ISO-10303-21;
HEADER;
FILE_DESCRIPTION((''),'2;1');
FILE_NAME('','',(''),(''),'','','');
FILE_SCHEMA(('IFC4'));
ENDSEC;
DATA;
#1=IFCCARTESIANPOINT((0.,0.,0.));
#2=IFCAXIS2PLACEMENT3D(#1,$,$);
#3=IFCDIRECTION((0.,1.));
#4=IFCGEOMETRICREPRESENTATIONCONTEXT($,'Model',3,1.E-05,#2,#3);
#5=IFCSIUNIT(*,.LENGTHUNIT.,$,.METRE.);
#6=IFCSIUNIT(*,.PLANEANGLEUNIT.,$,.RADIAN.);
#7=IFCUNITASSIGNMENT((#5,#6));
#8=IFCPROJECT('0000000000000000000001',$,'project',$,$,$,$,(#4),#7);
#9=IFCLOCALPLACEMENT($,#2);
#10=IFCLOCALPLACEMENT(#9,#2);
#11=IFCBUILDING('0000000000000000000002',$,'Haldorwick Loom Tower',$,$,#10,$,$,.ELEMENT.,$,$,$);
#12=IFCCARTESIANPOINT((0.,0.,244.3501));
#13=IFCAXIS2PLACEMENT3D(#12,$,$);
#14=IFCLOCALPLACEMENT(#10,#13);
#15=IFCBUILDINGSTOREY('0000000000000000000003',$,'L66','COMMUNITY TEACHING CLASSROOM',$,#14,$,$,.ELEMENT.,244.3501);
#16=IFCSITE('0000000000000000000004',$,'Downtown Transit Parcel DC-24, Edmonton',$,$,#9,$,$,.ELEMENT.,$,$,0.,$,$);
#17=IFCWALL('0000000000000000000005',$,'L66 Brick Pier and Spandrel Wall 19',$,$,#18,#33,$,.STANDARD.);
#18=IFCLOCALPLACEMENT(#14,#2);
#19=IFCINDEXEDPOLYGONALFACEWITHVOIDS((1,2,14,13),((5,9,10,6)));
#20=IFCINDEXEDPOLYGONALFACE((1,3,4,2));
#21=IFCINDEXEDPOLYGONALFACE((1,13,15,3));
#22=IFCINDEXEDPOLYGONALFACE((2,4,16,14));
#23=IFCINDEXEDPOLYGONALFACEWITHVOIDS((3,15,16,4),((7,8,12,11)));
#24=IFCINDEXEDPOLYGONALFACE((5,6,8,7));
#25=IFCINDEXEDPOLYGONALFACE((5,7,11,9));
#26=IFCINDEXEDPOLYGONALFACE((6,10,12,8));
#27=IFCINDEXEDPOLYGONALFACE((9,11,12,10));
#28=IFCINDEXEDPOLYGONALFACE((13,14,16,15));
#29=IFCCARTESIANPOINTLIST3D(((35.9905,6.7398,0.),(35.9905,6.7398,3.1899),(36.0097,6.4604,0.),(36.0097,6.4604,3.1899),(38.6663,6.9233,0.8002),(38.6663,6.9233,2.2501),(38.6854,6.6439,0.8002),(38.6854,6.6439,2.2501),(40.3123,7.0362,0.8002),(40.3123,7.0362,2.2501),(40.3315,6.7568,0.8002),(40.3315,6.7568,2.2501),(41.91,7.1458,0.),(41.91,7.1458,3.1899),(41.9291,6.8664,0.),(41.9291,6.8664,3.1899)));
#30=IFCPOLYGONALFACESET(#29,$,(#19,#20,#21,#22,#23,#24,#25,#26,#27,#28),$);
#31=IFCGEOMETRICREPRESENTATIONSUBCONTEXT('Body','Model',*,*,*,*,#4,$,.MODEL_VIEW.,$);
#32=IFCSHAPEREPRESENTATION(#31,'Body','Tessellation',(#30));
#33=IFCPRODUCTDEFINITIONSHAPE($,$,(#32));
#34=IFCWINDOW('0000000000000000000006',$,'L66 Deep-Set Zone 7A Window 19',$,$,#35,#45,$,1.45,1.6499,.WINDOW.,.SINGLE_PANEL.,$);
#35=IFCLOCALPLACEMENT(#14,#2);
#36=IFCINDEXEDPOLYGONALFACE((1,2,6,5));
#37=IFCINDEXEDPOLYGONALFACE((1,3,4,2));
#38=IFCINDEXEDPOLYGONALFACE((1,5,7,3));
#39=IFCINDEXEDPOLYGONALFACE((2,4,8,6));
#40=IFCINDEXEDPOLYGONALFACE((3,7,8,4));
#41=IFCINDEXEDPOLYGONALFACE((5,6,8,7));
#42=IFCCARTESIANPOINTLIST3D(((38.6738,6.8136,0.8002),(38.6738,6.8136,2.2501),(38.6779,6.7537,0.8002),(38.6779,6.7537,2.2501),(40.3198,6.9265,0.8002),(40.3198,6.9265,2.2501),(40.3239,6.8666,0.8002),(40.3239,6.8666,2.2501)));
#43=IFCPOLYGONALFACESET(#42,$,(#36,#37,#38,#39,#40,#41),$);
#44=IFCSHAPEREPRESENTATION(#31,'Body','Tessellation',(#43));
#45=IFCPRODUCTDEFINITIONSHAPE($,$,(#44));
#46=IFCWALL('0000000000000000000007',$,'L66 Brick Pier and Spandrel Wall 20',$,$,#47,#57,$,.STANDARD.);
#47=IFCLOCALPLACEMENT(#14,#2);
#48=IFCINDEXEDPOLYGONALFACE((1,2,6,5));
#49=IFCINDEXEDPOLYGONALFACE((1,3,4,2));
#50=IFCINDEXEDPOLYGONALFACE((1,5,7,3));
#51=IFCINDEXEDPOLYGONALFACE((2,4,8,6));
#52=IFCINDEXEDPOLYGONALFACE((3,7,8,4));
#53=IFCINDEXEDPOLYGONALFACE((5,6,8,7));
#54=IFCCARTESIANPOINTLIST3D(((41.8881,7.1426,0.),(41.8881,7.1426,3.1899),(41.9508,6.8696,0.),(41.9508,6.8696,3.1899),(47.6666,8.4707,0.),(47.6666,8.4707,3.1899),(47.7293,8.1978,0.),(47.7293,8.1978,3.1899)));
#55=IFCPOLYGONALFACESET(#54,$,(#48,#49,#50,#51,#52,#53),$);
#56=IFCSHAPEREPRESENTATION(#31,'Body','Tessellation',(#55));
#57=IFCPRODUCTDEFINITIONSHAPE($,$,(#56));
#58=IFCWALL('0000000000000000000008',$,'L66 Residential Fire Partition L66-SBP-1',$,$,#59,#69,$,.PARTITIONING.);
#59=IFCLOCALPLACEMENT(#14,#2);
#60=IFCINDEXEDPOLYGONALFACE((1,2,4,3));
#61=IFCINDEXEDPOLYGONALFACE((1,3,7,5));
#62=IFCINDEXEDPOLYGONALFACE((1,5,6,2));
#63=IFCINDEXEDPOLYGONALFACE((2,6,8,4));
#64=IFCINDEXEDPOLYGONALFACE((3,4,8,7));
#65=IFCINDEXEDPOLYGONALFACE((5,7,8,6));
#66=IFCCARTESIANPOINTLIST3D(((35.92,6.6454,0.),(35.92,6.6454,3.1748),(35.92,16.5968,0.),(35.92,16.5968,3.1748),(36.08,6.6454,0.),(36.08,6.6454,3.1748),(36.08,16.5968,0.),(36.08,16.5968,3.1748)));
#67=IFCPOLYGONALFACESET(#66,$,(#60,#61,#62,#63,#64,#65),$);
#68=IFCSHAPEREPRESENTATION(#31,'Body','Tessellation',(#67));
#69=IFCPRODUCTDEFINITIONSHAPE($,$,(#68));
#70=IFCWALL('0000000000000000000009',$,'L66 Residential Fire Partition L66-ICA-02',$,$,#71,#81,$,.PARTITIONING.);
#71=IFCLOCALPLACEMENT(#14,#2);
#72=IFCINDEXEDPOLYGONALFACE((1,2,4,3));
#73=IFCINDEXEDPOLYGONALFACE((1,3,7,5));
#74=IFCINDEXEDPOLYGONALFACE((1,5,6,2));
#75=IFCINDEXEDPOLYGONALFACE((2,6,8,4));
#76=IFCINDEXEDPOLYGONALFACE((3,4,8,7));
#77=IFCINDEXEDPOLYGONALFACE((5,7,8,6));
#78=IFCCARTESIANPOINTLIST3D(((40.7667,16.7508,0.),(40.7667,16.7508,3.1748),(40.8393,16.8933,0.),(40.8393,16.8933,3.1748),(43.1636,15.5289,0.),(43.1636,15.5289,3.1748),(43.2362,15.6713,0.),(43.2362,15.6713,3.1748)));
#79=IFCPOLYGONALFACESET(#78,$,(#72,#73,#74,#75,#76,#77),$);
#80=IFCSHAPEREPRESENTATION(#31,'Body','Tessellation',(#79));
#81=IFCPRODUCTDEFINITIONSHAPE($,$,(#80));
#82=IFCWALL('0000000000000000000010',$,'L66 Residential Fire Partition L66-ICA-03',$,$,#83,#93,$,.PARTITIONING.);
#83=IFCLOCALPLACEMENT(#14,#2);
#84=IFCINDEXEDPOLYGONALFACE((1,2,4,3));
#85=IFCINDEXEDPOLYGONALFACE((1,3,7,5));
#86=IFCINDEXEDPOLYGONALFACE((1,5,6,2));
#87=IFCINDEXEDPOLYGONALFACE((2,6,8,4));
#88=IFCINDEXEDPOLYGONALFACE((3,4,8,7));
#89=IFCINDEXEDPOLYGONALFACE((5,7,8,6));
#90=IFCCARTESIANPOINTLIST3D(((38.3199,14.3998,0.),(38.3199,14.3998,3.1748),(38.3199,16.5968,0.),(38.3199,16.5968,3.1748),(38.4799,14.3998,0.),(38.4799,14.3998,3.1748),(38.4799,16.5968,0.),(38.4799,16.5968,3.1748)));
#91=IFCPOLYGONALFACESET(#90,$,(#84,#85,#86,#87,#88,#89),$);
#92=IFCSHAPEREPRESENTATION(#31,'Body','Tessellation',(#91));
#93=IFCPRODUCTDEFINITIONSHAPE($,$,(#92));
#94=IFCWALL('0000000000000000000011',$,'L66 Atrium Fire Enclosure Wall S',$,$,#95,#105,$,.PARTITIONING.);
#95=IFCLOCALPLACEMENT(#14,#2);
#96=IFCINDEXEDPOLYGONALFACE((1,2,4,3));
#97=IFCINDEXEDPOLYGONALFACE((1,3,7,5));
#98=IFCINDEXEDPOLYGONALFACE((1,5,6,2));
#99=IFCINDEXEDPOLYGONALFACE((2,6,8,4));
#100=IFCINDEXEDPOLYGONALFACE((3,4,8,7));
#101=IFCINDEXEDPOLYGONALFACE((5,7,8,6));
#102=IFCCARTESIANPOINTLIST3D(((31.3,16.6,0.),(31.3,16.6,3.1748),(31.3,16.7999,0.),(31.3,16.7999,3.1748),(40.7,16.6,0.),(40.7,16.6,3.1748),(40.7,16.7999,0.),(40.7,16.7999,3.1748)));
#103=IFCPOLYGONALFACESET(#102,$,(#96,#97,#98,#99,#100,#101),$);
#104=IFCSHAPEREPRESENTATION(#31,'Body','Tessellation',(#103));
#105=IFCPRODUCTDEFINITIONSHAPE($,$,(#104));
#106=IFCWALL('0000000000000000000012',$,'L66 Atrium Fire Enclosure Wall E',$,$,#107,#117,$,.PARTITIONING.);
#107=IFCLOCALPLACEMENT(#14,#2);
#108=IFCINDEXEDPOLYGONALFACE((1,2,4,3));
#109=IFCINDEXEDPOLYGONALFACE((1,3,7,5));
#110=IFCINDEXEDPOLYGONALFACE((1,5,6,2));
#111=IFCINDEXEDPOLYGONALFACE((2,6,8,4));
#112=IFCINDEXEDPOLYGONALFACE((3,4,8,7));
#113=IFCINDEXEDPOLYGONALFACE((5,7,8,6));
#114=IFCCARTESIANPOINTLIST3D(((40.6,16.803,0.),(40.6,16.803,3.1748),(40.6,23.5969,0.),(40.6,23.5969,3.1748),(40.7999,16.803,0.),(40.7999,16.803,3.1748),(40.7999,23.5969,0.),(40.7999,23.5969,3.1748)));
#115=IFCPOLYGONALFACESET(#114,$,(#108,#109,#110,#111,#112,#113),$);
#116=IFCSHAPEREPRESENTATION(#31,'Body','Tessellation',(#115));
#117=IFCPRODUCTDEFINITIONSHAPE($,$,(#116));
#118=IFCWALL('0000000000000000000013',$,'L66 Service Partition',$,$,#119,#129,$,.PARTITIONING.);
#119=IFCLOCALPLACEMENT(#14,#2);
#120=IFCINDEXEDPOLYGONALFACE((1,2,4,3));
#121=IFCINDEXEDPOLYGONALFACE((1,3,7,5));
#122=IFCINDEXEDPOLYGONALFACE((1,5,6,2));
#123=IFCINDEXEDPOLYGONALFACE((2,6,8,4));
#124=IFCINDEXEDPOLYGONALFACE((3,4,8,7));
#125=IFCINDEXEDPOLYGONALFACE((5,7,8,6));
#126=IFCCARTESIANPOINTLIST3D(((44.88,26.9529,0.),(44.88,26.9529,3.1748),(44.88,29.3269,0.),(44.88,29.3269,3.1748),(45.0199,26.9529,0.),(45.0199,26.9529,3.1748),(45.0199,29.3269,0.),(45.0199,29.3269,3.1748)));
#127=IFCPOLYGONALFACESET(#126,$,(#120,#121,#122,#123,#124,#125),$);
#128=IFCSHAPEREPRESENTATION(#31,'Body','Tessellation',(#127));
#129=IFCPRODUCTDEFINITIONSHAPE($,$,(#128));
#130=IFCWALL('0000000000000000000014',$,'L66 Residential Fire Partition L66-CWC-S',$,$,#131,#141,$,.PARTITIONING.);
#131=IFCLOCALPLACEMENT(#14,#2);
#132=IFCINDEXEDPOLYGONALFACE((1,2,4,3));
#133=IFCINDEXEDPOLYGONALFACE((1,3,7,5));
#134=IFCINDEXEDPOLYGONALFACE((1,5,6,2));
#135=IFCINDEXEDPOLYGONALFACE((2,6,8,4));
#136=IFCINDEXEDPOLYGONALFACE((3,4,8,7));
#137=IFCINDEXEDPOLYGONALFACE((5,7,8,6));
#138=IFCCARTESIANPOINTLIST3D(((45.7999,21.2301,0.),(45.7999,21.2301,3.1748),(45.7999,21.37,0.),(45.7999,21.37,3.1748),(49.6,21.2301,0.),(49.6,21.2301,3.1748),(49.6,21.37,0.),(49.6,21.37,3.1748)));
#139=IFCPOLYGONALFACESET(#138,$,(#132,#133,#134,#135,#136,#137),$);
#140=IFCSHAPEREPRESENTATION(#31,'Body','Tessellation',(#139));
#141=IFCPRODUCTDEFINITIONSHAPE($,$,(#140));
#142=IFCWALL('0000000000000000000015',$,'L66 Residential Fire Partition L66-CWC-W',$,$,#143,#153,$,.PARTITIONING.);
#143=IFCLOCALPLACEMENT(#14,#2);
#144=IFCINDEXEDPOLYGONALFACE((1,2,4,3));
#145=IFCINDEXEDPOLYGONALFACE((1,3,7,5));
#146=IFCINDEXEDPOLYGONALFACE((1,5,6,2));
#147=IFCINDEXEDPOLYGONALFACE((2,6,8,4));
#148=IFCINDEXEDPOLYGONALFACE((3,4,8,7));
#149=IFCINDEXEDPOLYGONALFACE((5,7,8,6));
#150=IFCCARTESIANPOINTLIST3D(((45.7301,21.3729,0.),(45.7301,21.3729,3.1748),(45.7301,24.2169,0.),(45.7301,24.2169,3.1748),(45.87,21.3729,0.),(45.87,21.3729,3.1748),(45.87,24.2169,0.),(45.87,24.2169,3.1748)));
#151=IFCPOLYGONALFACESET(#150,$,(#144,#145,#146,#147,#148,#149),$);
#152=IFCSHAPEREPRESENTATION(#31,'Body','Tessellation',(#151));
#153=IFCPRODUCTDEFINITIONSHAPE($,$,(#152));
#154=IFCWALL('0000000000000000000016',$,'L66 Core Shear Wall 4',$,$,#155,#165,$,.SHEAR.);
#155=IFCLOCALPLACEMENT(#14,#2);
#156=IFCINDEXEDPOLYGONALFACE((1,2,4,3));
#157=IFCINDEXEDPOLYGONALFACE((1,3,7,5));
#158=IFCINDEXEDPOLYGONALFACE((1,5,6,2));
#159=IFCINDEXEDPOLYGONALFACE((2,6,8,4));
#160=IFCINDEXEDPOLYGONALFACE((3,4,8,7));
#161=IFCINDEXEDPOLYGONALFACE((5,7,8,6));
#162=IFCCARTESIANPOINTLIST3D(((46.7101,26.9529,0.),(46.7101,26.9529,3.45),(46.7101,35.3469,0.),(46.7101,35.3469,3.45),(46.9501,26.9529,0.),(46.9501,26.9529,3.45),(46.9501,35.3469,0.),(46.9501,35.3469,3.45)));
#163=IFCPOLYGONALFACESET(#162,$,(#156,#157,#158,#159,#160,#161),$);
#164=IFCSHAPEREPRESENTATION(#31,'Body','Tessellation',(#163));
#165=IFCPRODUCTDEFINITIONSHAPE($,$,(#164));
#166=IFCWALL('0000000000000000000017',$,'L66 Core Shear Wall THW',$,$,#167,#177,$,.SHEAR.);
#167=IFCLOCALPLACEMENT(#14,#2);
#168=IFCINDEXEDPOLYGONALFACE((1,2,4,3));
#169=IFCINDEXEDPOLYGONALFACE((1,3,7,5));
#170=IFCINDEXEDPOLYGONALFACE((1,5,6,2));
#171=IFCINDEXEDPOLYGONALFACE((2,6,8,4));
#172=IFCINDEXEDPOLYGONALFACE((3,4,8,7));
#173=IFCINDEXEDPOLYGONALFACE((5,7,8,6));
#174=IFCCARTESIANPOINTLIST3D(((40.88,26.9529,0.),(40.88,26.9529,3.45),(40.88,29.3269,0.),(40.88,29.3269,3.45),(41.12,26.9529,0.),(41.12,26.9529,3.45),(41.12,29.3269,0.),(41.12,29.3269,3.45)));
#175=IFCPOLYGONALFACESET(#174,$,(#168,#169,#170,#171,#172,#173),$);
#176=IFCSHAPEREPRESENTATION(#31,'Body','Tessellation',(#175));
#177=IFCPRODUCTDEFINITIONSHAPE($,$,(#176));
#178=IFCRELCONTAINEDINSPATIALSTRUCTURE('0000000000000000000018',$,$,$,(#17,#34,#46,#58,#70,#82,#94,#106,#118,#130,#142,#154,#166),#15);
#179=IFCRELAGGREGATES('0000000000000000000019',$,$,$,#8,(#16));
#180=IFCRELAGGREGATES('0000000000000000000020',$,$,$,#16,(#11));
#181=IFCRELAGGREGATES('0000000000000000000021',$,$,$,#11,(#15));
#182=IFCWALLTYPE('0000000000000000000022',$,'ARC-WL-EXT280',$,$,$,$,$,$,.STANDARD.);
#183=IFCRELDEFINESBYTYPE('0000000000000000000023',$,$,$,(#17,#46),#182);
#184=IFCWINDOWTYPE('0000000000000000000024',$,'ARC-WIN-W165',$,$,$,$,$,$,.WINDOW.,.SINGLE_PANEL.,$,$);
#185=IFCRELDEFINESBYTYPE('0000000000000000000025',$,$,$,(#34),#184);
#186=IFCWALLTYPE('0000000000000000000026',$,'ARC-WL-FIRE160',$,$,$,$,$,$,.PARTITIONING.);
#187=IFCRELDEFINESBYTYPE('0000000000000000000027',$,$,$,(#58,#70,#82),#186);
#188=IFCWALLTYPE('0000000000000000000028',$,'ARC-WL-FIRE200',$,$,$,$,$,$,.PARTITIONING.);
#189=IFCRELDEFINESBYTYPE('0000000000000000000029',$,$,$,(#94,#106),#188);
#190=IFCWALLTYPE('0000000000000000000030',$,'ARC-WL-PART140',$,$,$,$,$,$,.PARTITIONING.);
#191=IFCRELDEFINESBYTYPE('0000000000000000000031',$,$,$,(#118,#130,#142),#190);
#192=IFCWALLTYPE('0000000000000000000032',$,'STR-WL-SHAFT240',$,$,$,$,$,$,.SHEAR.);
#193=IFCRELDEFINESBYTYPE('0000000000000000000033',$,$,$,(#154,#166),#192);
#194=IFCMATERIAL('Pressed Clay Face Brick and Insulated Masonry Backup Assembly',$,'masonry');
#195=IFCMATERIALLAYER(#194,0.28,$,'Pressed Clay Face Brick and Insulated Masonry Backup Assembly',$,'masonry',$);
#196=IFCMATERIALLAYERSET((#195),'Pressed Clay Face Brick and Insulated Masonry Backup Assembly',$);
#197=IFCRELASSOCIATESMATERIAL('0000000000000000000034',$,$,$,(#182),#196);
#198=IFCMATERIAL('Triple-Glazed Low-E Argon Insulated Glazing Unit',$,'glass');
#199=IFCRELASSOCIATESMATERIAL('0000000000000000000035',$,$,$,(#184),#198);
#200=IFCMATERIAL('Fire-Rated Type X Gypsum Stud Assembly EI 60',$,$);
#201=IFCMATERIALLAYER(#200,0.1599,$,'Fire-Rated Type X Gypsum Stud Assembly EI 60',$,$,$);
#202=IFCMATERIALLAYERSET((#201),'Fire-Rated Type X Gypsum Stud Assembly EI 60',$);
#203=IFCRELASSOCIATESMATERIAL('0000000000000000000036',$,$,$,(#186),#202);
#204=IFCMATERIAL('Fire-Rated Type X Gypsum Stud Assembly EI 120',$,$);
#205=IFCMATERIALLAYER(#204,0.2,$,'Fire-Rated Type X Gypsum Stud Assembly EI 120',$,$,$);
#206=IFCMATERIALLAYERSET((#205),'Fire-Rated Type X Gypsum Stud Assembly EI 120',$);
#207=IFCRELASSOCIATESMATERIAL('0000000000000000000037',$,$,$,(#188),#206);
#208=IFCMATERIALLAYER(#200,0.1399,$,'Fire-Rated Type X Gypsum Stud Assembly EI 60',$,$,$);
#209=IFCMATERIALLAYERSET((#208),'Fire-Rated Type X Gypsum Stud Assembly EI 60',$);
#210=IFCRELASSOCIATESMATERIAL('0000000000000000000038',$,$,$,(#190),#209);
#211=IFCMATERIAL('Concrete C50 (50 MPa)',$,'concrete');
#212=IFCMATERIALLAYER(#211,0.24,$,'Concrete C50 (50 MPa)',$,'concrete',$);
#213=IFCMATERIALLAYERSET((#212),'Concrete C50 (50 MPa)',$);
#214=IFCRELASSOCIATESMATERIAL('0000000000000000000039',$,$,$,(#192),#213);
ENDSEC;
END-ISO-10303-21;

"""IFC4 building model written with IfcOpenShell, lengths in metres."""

from ifc_helpers import new_model, si_unit, direction, frame, frame_2d, origin, place, context, subcontext, project, spatial, rectangle, extrude, material, layer, layer_set, type_object, element, fill, save


model = new_model("IFC4")

# Units and contexts
model_context = context("Model", 3, precision=1e-05, world=origin(), true_north=direction((0.0, 1.0)))
body_context = subcontext(model_context, "Body", "Model", "MODEL_VIEW")
ifc_project = project(units=[si_unit("LENGTHUNIT", "METRE"), si_unit("PLANEANGLEUNIT", "RADIAN")], contexts=[model_context])

# Site, building, storey
site_placement = place(None, origin())
site = spatial("IfcSite", under=ifc_project, at=site_placement, Name="Downtown Transit Parcel DC-24, Edmonton", CompositionType="ELEMENT", RefElevation=0.0)
building_placement = place(site_placement, origin())
building = spatial("IfcBuilding", under=site, at=building_placement, Name="Haldorwick Loom Tower", CompositionType="ELEMENT")
storey_placement = place(building_placement, frame((0.0, 0.0, 244.3501)))
storey = spatial("IfcBuildingStorey", under=building, at=storey_placement, Name="L66", Description="COMMUNITY TEACHING CLASSROOM", CompositionType="ELEMENT", Elevation=244.3501)

# Shared definitions
ifc_material_1 = material(Name="Concrete C50 (50 MPa)", Category="concrete")

# Wall, opening, window
ifc_material_2 = material(Name="Pressed Clay Face Brick and Insulated Masonry Backup Assembly", Category="masonry")
ifc_layer_1 = layer(ifc_material_2, 0.28, Name="Pressed Clay Face Brick and Insulated Masonry Backup Assembly", Category="masonry")
ifc_layer_set_1 = layer_set([ifc_layer_1], Name="Pressed Clay Face Brick and Insulated Masonry Backup Assembly")
wall_type_1 = type_object("IfcWallType", Name="ARC-WL-EXT280", PredefinedType="STANDARD", material=ifc_layer_set_1)
wall_1_placement = place(storey_placement, frame((36.0, 6.6001, 0.0), z_axis=(0.0, 0.0, 1.0), x_axis=(0.997656, 0.068428, 0.0)))
wall_1 = element("IfcWall", 1, at=wall_1_placement, inside=storey, type_object=wall_type_1, Name="L66 Brick Pier and Spandrel Wall 19", PredefinedType="STANDARD", context=body_context, shape_type="SweptSolid", body=[
    extrude(rectangle(XDim=5.9333, YDim=0.28, at=frame_2d((2.9668, 0.0))), origin(), (0.0, 0.0, 1.0), 3.1899),
])
opening_placement = place(wall_1_placement, frame((2.6821, 0.0, 0.8)))
opening = element("IfcOpeningElement", 2, at=opening_placement, cuts=wall_1, PredefinedType="OPENING", context=body_context, shape_type="SweptSolid", body=[
    extrude(rectangle(XDim=1.6499, YDim=1.45, at=frame_2d((0.825, 0.7251))), frame((0.0, 0.1499, 0.0), z_axis=(0.0, -1.0, 0.0), x_axis=(1.0, 0.0, 0.0)), (0.0, 0.0, 1.0), 0.3),
])
ifc_material_3 = material(Name="Triple-Glazed Low-E Argon Insulated Glazing Unit", Category="glass")
window_type = type_object("IfcWindowType", Name="ARC-WIN-W165", PartitioningType="SINGLE_PANEL", PredefinedType="WINDOW", material=ifc_material_3)
window_placement = place(opening_placement, origin())
window = element("IfcWindow", 3, at=window_placement, inside=storey, type_object=window_type, Name="L66 Deep-Set Zone 7A Window 19", OverallHeight=1.45, OverallWidth=1.6499, PartitioningType="SINGLE_PANEL", PredefinedType="WINDOW", context=body_context, shape_type="SweptSolid", body=[
    extrude(rectangle(XDim=1.6499, YDim=1.45, at=frame_2d((0.825, 0.7251))), frame((0.0, 0.03, 0.0), z_axis=(0.0, -1.0, 0.0), x_axis=(1.0, 0.0, 0.0)), (0.0, 0.0, 1.0), 0.0601),
])
fill(opening, window)

# Walls
wall_2_placement = place(storey_placement, frame((41.9194, 7.0061, 0.0), z_axis=(0.0, 0.0, 1.0), x_axis=(0.97459, 0.223996, 0.0)))
element("IfcWall", 4, at=wall_2_placement, inside=storey, type_object=wall_type_1, Name="L66 Brick Pier and Spandrel Wall 20", PredefinedType="STANDARD", context=body_context, shape_type="SweptSolid", body=[
    extrude(rectangle(XDim=5.9292, YDim=0.28, at=frame_2d((2.9646, 0.0))), origin(), (0.0, 0.0, 1.0), 3.1899),
])
ifc_material_4 = material(Name="Fire-Rated Type X Gypsum Stud Assembly EI 60")
ifc_layer_2 = layer(ifc_material_4, 0.1599, Name="Fire-Rated Type X Gypsum Stud Assembly EI 60")
ifc_layer_set_2 = layer_set([ifc_layer_2], Name="Fire-Rated Type X Gypsum Stud Assembly EI 60")
wall_type_2 = type_object("IfcWallType", Name="ARC-WL-FIRE160", PredefinedType="PARTITIONING", material=ifc_layer_set_2)
wall_3_placement = place(storey_placement, frame((36.0, 6.6455, 0.0), z_axis=(0.0, 0.0, 1.0), x_axis=(0.0, 1.0, 0.0)))
element("IfcWall", 5, at=wall_3_placement, inside=storey, type_object=wall_type_2, Name="L66 Residential Fire Partition L66-SBP-1", PredefinedType="PARTITIONING", context=body_context, shape_type="SweptSolid", body=[
    extrude(rectangle(XDim=9.9514, YDim=0.1599, at=frame_2d((4.9756, 0.0))), origin(), (0.0, 0.0, 1.0), 3.1748),
])
wall_4_placement = place(storey_placement, frame((40.803, 16.822, 0.0), z_axis=(0.0, 0.0, 1.0), x_axis=(0.890916, -0.454169, 0.0)))
element("IfcWall", 6, at=wall_4_placement, inside=storey, type_object=wall_type_2, Name="L66 Residential Fire Partition L66-ICA-02", PredefinedType="PARTITIONING", context=body_context, shape_type="SweptSolid", body=[
    extrude(rectangle(XDim=2.6904, YDim=0.1599, at=frame_2d((1.3452, 0.0))), origin(), (0.0, 0.0, 1.0), 3.1748),
])
wall_5_placement = place(storey_placement, frame((38.3999, 16.5969, 0.0), z_axis=(0.0, 0.0, 1.0), x_axis=(0.0, -1.0, 0.0)))
element("IfcWall", 7, at=wall_5_placement, inside=storey, type_object=wall_type_2, Name="L66 Residential Fire Partition L66-ICA-03", PredefinedType="PARTITIONING", context=body_context, shape_type="SweptSolid", body=[
    extrude(rectangle(XDim=2.197, YDim=0.1599, at=frame_2d((1.0986, 0.0))), origin(), (0.0, 0.0, 1.0), 3.1748),
])
ifc_material_5 = material(Name="Fire-Rated Type X Gypsum Stud Assembly EI 120")
ifc_layer_3 = layer(ifc_material_5, 0.2, Name="Fire-Rated Type X Gypsum Stud Assembly EI 120")
ifc_layer_set_3 = layer_set([ifc_layer_3], Name="Fire-Rated Type X Gypsum Stud Assembly EI 120")
wall_type_3 = type_object("IfcWallType", Name="ARC-WL-FIRE200", PredefinedType="PARTITIONING", material=ifc_layer_set_3)
wall_6_placement = place(storey_placement, frame((40.7, 16.7, 0.0), z_axis=(0.0, 0.0, 1.0), x_axis=(-1.0, 0.0, 0.0)))
element("IfcWall", 8, at=wall_6_placement, inside=storey, type_object=wall_type_3, Name="L66 Atrium Fire Enclosure Wall S", PredefinedType="PARTITIONING", context=body_context, shape_type="SweptSolid", body=[
    extrude(rectangle(XDim=9.3999, YDim=0.2, at=frame_2d((4.7, 0.0))), origin(), (0.0, 0.0, 1.0), 3.1748),
])
wall_7_placement = place(storey_placement, frame((40.7, 23.5969, 0.0), z_axis=(0.0, 0.0, 1.0), x_axis=(0.0, -1.0, 0.0)))
element("IfcWall", 9, at=wall_7_placement, inside=storey, type_object=wall_type_3, Name="L66 Atrium Fire Enclosure Wall E", PredefinedType="PARTITIONING", context=body_context, shape_type="SweptSolid", body=[
    extrude(rectangle(XDim=6.7939, YDim=0.2, at=frame_2d((3.397, 0.0))), origin(), (0.0, 0.0, 1.0), 3.1748),
])
ifc_layer_4 = layer(ifc_material_4, 0.1399, Name="Fire-Rated Type X Gypsum Stud Assembly EI 60")
ifc_layer_set_4 = layer_set([ifc_layer_4], Name="Fire-Rated Type X Gypsum Stud Assembly EI 60")
wall_type_4 = type_object("IfcWallType", Name="ARC-WL-PART140", PredefinedType="PARTITIONING", material=ifc_layer_set_4)
wall_8_placement = place(storey_placement, frame((44.95, 26.9529, 0.0), z_axis=(0.0, 0.0, 1.0), x_axis=(0.0, 1.0, 0.0)))
element("IfcWall", 10, at=wall_8_placement, inside=storey, type_object=wall_type_4, Name="L66 Service Partition", PredefinedType="PARTITIONING", context=body_context, shape_type="SweptSolid", body=[
    extrude(rectangle(XDim=2.374, YDim=0.1399, at=frame_2d((1.187, 0.0))), origin(), (0.0, 0.0, 1.0), 3.1748),
])
wall_9_placement = place(storey_placement, frame((45.8, 21.3, 0.0), z_axis=(0.0, 0.0, 1.0), x_axis=(1.0, 0.0, 0.0)))
element("IfcWall", 11, at=wall_9_placement, inside=storey, type_object=wall_type_4, Name="L66 Residential Fire Partition L66-CWC-S", PredefinedType="PARTITIONING", context=body_context, shape_type="SweptSolid", body=[
    extrude(rectangle(XDim=3.8, YDim=0.1399, at=frame_2d((1.8999, 0.0))), origin(), (0.0, 0.0, 1.0), 3.1748),
])
wall_10_placement = place(storey_placement, frame((45.8, 21.373, 0.0), z_axis=(0.0, 0.0, 1.0), x_axis=(0.0, 1.0, 0.0)))
element("IfcWall", 12, at=wall_10_placement, inside=storey, type_object=wall_type_4, Name="L66 Residential Fire Partition L66-CWC-W", PredefinedType="PARTITIONING", context=body_context, shape_type="SweptSolid", body=[
    extrude(rectangle(XDim=2.844, YDim=0.1399, at=frame_2d((1.4219, 0.0))), origin(), (0.0, 0.0, 1.0), 3.1748),
])
ifc_layer_5 = layer(ifc_material_1, 0.24, Name="Concrete C50 (50 MPa)", Category="concrete")
ifc_layer_set_5 = layer_set([ifc_layer_5], Name="Concrete C50 (50 MPa)")
wall_type_5 = type_object("IfcWallType", Name="STR-WL-SHAFT240", PredefinedType="SHEAR", material=ifc_layer_set_5)
wall_11_placement = place(storey_placement, frame((46.8301, 26.9529, 0.0), z_axis=(0.0, 0.0, 1.0), x_axis=(0.0, 1.0, 0.0)))
element("IfcWall", 13, at=wall_11_placement, inside=storey, type_object=wall_type_5, Name="L66 Core Shear Wall 4", PredefinedType="SHEAR", context=body_context, shape_type="SweptSolid", body=[
    extrude(rectangle(XDim=8.394, YDim=0.24, at=frame_2d((4.197, 0.0))), origin(), (0.0, 0.0, 1.0), 3.45),
])
for number, where, z_axis, x_axis, name in (
    (14, (41.0, 26.9529, 0.0), (0.0, 0.0, 1.0), (0.0, 1.0, 0.0), "L66 Core Shear Wall THW"),
):
    element("IfcWall", number, at=place(storey_placement, frame(where, z_axis=z_axis, x_axis=x_axis)), inside=storey, type_object=wall_type_5, Name=name, PredefinedType="SHEAR", context=body_context, shape_type="SweptSolid", body=[
        extrude(rectangle(XDim=2.374, YDim=0.24, at=frame_2d((1.187, 0.0))), origin(), (0.0, 0.0, 1.0), 3.45),
    ])

save(model, "model.ifc")
